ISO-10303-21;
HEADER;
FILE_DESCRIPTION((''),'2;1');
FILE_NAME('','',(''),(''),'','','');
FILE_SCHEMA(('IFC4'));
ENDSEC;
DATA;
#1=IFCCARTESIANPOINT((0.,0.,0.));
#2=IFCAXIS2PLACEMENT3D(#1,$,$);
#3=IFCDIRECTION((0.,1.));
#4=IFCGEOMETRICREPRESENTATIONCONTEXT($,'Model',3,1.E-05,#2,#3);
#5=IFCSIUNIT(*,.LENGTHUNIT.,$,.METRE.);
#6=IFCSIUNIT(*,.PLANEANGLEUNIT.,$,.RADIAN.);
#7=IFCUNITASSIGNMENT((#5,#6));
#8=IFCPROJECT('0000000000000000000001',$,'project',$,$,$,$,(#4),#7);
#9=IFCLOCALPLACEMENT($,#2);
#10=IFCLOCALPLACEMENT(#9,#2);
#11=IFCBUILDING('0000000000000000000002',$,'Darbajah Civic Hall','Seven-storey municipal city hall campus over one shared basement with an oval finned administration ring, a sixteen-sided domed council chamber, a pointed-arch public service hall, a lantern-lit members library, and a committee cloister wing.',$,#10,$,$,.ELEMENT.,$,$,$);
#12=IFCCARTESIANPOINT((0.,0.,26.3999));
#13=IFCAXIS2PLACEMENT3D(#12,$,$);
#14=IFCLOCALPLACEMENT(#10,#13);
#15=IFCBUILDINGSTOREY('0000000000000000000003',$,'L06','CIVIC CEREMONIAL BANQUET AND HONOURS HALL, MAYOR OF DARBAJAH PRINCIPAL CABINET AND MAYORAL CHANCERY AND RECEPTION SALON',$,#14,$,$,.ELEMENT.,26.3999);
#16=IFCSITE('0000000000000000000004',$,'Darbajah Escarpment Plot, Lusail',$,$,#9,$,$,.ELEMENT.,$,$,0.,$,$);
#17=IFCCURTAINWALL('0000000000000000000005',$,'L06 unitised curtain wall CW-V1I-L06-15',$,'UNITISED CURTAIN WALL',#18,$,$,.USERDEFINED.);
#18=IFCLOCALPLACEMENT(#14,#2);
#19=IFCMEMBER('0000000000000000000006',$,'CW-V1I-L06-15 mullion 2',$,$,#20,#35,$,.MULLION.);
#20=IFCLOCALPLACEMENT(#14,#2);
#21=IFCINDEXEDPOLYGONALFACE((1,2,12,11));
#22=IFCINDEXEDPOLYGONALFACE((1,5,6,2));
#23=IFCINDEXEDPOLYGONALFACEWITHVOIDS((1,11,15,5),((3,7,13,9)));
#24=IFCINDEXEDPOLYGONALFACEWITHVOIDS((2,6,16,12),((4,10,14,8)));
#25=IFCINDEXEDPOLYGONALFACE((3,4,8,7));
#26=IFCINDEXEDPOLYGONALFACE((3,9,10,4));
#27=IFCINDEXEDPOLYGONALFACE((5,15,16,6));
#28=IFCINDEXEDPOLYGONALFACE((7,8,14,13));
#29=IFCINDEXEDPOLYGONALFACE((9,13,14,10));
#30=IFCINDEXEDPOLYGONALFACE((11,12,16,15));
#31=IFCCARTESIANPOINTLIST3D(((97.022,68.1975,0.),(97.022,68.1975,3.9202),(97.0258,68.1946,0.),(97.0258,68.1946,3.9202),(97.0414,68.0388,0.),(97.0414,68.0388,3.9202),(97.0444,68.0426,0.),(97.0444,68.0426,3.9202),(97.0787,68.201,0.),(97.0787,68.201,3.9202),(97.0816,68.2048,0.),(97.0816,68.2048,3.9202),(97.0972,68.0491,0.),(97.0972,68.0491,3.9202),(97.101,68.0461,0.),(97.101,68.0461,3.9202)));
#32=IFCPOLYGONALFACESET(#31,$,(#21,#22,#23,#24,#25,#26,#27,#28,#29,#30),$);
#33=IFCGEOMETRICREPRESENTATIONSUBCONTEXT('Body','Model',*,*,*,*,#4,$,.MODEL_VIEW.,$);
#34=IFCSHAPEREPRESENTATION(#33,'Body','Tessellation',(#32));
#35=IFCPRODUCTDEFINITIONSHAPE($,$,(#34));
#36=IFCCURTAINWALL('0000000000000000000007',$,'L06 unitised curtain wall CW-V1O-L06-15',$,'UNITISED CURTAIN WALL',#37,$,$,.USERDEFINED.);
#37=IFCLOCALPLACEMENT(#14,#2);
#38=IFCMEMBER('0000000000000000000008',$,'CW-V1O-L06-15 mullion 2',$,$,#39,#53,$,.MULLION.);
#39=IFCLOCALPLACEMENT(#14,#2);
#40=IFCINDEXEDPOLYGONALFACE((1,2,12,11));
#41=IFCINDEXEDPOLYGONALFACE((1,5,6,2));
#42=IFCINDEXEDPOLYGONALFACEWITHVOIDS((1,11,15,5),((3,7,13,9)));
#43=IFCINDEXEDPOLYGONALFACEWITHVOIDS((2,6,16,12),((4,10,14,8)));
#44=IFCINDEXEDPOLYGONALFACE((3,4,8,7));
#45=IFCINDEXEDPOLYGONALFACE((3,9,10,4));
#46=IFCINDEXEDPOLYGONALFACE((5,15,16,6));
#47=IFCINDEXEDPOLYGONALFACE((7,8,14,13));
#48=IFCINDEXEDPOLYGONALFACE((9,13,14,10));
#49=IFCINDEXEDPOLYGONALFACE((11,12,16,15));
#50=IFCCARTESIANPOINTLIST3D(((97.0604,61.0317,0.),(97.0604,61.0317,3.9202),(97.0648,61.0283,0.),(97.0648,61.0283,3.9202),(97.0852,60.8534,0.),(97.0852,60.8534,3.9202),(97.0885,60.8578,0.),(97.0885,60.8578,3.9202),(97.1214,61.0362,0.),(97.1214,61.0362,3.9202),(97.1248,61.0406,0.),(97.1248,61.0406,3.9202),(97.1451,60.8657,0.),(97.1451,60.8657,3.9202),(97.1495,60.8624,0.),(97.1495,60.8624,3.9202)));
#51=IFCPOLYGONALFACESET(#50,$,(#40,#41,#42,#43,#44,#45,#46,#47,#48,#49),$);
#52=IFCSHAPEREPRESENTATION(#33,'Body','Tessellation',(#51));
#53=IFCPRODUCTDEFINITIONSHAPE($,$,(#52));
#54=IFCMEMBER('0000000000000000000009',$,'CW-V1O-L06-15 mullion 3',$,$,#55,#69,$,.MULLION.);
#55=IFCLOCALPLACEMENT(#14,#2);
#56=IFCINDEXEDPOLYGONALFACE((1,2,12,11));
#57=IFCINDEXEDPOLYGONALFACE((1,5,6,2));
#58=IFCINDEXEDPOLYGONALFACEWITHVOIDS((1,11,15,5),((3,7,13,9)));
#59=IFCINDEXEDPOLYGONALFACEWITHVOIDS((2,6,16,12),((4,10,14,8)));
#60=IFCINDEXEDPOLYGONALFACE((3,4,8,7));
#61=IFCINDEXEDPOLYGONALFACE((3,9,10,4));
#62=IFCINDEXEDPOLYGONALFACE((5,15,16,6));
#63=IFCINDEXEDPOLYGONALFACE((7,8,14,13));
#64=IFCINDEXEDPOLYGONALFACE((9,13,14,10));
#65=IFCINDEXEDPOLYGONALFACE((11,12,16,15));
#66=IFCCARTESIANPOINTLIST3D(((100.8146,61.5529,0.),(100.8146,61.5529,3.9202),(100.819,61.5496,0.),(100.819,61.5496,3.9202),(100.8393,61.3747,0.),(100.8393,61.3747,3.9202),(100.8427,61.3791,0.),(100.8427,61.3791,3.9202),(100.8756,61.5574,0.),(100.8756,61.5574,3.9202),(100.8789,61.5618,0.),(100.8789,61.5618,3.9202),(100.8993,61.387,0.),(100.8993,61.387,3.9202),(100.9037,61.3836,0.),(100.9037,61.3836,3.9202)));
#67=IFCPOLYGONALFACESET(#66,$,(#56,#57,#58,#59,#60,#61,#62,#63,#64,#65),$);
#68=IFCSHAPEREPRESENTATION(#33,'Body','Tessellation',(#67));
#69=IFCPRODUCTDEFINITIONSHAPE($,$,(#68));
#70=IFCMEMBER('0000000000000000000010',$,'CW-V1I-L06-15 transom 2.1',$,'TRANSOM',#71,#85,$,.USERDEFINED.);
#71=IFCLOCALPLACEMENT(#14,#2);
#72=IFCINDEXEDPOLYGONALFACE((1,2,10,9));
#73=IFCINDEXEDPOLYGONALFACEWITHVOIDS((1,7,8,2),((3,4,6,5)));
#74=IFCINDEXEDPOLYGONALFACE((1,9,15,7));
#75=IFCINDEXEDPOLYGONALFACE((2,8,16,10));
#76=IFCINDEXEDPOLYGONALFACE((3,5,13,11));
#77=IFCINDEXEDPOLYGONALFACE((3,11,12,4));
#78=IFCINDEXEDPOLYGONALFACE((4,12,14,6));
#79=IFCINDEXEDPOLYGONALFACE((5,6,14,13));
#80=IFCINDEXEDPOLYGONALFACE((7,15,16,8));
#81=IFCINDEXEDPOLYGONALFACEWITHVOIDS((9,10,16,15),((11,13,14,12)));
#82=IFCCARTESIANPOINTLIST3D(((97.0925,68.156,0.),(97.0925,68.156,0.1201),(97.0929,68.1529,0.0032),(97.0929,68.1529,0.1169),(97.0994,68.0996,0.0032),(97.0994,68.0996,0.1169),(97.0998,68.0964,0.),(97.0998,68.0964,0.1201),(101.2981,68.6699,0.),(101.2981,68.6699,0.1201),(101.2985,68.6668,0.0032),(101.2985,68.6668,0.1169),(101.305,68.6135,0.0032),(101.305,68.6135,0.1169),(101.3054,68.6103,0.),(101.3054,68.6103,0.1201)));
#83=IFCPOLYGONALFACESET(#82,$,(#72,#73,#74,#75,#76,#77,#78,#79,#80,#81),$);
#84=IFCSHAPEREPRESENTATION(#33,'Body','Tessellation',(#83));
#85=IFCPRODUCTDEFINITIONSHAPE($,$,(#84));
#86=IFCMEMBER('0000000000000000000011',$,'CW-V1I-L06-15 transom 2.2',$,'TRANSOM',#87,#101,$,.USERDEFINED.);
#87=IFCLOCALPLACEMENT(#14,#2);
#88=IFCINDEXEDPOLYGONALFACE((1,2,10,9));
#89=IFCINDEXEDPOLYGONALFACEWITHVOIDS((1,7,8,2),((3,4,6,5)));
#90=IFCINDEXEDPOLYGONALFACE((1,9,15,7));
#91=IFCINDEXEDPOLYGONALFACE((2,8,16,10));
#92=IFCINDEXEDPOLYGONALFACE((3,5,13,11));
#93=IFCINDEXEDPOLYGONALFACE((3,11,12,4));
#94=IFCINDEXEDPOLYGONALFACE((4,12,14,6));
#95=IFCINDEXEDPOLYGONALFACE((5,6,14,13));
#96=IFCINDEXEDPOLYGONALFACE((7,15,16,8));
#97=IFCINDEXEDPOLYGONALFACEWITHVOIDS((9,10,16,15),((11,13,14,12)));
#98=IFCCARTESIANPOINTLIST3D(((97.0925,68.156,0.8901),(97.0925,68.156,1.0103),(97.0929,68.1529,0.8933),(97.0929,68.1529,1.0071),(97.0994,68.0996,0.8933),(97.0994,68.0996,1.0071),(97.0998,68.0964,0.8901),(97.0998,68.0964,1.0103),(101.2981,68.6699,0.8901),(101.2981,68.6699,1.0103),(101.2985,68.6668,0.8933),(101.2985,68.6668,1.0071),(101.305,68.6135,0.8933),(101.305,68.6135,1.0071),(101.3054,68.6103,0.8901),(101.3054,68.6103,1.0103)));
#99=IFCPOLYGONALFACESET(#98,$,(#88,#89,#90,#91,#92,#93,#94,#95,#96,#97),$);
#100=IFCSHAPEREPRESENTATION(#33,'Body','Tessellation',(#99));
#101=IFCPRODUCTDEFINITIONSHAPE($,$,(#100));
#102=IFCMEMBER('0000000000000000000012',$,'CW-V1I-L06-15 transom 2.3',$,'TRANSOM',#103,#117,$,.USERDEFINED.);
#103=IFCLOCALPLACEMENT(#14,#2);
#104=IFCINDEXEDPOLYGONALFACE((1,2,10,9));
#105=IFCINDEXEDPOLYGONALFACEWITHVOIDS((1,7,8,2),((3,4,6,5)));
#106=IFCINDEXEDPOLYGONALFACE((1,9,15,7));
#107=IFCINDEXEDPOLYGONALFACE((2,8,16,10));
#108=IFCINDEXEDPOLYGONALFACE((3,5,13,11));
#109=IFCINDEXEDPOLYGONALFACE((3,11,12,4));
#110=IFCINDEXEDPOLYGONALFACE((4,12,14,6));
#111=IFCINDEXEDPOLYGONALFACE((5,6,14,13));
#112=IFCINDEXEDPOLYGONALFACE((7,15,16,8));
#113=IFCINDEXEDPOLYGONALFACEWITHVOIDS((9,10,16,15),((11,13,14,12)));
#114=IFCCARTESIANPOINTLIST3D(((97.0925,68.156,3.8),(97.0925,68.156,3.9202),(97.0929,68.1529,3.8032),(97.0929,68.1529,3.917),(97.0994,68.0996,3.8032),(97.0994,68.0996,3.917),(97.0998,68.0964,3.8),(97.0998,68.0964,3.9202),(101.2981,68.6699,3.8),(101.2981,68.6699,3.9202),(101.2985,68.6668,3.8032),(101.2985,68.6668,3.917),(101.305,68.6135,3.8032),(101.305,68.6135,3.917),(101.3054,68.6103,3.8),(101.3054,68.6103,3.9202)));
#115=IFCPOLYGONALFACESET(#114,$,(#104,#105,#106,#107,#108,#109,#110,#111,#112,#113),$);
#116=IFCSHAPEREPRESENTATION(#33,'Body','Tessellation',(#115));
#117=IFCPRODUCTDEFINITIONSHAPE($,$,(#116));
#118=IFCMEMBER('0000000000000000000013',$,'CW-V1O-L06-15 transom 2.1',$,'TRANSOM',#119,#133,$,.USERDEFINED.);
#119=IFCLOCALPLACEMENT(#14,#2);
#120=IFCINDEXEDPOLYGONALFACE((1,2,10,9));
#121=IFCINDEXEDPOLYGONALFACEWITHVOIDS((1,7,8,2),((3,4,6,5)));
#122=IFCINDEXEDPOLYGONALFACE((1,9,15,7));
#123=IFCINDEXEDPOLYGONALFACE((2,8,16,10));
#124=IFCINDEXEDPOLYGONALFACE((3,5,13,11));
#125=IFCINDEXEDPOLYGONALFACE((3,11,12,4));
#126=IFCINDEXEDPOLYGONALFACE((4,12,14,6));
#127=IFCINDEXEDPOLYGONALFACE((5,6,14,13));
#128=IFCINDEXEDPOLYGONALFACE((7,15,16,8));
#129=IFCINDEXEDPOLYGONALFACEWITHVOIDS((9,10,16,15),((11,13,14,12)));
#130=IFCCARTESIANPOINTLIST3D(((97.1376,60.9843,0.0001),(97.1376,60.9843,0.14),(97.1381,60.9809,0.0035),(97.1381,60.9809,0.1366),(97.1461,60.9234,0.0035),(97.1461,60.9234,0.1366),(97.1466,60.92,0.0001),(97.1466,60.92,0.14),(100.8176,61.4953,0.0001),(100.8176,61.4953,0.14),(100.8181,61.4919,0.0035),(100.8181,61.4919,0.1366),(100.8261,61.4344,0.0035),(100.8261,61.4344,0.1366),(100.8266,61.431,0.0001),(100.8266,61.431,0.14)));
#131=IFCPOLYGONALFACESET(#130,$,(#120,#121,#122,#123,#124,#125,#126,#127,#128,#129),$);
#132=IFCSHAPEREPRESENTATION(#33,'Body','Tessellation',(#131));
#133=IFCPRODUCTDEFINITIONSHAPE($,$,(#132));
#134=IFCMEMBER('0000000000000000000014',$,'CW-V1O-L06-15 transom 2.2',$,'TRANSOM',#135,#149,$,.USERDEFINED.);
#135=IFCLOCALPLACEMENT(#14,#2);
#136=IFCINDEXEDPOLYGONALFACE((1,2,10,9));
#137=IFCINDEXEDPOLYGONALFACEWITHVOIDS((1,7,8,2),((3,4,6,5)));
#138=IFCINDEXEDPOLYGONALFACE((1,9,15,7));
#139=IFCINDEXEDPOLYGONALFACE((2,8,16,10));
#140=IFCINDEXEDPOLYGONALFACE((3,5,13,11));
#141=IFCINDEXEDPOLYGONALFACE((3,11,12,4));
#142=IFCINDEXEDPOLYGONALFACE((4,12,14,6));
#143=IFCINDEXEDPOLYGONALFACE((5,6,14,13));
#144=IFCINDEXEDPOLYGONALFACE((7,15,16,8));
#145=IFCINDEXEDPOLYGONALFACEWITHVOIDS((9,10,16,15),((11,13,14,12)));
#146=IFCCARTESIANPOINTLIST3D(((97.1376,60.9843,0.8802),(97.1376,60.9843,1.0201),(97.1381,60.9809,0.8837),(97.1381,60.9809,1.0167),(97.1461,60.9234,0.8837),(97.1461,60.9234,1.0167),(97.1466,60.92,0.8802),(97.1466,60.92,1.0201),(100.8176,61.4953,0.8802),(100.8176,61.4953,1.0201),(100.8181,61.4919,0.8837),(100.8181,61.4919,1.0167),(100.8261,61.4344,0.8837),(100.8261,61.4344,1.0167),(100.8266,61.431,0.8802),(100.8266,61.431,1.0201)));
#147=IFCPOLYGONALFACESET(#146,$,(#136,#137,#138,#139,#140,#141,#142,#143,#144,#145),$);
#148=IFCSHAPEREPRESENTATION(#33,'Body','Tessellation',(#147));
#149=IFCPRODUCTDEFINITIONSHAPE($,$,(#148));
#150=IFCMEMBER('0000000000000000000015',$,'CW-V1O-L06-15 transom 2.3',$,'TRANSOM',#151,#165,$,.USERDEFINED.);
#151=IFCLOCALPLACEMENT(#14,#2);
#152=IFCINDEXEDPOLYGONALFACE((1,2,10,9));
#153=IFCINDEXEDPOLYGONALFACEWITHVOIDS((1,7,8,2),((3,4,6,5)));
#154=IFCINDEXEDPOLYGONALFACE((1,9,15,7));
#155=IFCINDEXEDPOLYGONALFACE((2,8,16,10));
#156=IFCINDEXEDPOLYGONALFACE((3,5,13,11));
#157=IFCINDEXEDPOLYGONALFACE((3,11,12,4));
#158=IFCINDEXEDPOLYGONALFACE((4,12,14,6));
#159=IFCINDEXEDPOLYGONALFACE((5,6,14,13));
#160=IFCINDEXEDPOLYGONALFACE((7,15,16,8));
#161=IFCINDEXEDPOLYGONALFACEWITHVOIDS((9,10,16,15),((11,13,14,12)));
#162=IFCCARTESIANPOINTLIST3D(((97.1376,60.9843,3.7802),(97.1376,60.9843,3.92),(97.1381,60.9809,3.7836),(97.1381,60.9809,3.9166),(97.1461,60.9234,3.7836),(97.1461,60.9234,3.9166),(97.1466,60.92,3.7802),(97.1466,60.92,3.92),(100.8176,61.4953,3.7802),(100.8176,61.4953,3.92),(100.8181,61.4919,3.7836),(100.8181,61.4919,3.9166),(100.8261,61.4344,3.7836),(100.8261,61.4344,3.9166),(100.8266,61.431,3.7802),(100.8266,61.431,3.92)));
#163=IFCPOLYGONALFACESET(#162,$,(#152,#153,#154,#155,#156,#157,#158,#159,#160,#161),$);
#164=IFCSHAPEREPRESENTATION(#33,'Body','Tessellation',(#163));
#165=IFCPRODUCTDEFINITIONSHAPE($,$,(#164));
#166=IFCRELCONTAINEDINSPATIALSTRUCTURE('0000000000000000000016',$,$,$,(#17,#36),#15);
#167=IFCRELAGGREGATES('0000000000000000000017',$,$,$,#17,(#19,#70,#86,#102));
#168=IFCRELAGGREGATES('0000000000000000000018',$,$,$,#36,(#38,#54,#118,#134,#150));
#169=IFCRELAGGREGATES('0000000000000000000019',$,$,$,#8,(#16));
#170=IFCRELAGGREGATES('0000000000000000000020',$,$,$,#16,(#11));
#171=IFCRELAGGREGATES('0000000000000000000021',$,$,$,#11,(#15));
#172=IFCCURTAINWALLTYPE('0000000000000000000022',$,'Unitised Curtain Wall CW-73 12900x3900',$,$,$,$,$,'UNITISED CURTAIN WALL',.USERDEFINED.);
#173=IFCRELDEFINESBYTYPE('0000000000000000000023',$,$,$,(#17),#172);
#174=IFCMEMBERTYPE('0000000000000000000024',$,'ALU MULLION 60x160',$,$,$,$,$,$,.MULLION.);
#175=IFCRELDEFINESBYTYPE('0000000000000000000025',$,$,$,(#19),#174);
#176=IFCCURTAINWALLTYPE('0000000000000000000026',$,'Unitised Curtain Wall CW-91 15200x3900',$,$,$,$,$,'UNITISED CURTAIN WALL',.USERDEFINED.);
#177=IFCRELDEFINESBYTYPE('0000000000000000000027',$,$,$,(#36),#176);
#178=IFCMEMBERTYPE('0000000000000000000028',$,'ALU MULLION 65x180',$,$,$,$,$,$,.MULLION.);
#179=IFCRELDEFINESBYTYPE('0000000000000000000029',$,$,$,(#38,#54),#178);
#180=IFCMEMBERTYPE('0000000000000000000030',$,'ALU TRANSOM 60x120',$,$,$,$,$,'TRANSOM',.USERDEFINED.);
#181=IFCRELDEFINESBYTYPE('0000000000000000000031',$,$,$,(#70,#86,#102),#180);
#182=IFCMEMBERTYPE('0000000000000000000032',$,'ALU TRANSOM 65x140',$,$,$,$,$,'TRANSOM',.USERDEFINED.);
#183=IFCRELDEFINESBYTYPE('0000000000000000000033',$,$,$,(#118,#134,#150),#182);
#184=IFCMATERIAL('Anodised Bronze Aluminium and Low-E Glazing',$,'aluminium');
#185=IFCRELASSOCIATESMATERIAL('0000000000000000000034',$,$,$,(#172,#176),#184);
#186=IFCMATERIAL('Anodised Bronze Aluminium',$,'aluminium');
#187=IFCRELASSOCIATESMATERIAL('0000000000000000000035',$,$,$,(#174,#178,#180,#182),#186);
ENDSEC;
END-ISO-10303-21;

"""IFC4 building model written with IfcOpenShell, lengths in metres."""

from ifc_helpers import new_model, si_unit, direction, frame, origin, origin_2d, place, context, subcontext, project, spatial, hollow_rectangle, extrude, material, material_profile, profile_set, type_object, element, aggregate, save


model = new_model("IFC4")

# Units and contexts
model_context = context("Model", 3, precision=1e-05, world=origin(), true_north=direction((0.0, 1.0)))
body_context = subcontext(model_context, "Body", "Model", "MODEL_VIEW")
ifc_project = project(units=[si_unit("LENGTHUNIT", "METRE"), si_unit("PLANEANGLEUNIT", "RADIAN")], contexts=[model_context])

# Site, building, storey
site_placement = place(None, origin())
site = spatial("IfcSite", under=ifc_project, at=site_placement, Name="Darbajah Escarpment Plot, Lusail", CompositionType="ELEMENT", RefElevation=0.0)
building_placement = place(site_placement, origin())
building = spatial("IfcBuilding", under=site, at=building_placement, Name="Darbajah Civic Hall", Description="Seven-storey municipal city hall campus over one shared basement with an oval finned administration ring, a sixteen-sided domed council chamber, a pointed-arch public service hall, a lantern-lit members library, and a committee cloister wing.", CompositionType="ELEMENT")
storey_placement = place(building_placement, frame((0.0, 0.0, 26.3999)))
storey = spatial("IfcBuildingStorey", under=building, at=storey_placement, Name="L06", Description="CIVIC CEREMONIAL BANQUET AND HONOURS HALL, MAYOR OF DARBAJAH PRINCIPAL CABINET AND MAYORAL CHANCERY AND RECEPTION SALON", CompositionType="ELEMENT", Elevation=26.3999)

# Curtain wall, member
ifc_material_1 = material(Name="Anodised Bronze Aluminium and Low-E Glazing", Category="aluminium")
curtain_wall_type_1 = type_object("IfcCurtainWallType", Name="Unitised Curtain Wall CW-73 12900x3900", ElementType="UNITISED CURTAIN WALL", PredefinedType="USERDEFINED", material=ifc_material_1)
curtain_wall_1_placement = place(storey_placement, origin())
curtain_wall_1 = element("IfcCurtainWall", 1, at=curtain_wall_1_placement, inside=storey, type_object=curtain_wall_type_1, Name="L06 unitised curtain wall CW-V1I-L06-15", ObjectType="UNITISED CURTAIN WALL", PredefinedType="USERDEFINED")
ifc_material_2 = material(Name="Anodised Bronze Aluminium", Category="aluminium")
ifc_material_profile_1 = material_profile(ifc_material_2, hollow_rectangle(XDim=0.0601, YDim=0.1599, WallThickness=0.0034, at=origin_2d()), Name="ALU MULLION 60x160")
ifc_profile_set_1 = profile_set([ifc_material_profile_1], Name="Anodised Bronze Aluminium")
member_type_1 = type_object("IfcMemberType", Name="ALU MULLION 60x160", PredefinedType="MULLION", material=ifc_profile_set_1)
member_1_placement = place(storey_placement, frame((97.0615, 68.1218, 0.0), z_axis=(0.0, 0.0, 1.0), x_axis=(0.99261, 0.12135, 0.0)))
member_1 = element("IfcMember", 2, at=member_1_placement, type_object=member_type_1, Name="CW-V1I-L06-15 mullion 2", PredefinedType="MULLION", context=body_context, shape_type="SweptSolid", body=[
    extrude(hollow_rectangle(XDim=0.0601, YDim=0.1599, WallThickness=0.0034, at=origin_2d()), origin(), (0.0, 0.0, 1.0), 3.9202),
])

# Curtain wall, members
curtain_wall_type_2 = type_object("IfcCurtainWallType", Name="Unitised Curtain Wall CW-91 15200x3900", ElementType="UNITISED CURTAIN WALL", PredefinedType="USERDEFINED", material=ifc_material_1)
curtain_wall_2_placement = place(storey_placement, origin())
curtain_wall_2 = element("IfcCurtainWall", 3, at=curtain_wall_2_placement, inside=storey, type_object=curtain_wall_type_2, Name="L06 unitised curtain wall CW-V1O-L06-15", ObjectType="UNITISED CURTAIN WALL", PredefinedType="USERDEFINED")
ifc_material_profile_2 = material_profile(ifc_material_2, hollow_rectangle(XDim=0.0649, YDim=0.1799, WallThickness=0.0039, at=origin_2d()), Name="ALU MULLION 65x180")
ifc_profile_set_2 = profile_set([ifc_material_profile_2], Name="Anodised Bronze Aluminium")
member_type_2 = type_object("IfcMemberType", Name="ALU MULLION 65x180", PredefinedType="MULLION", material=ifc_profile_set_2)
member_2_placement = place(storey_placement, frame((97.105, 60.947, 0.0), z_axis=(0.0, 0.0, 1.0), x_axis=(0.990485, 0.137617, 0.0)))
member_2 = element("IfcMember", 4, at=member_2_placement, type_object=member_type_2, Name="CW-V1O-L06-15 mullion 2", PredefinedType="MULLION", context=body_context, shape_type="SweptSolid", body=[
    extrude(hollow_rectangle(XDim=0.0649, YDim=0.1799, WallThickness=0.0039, at=origin_2d()), origin(), (0.0, 0.0, 1.0), 3.9202),
])
member_3_placement = place(storey_placement, frame((100.8591, 61.4683, 0.0), z_axis=(0.0, 0.0, 1.0), x_axis=(0.990485, 0.137617, 0.0)))
member_3 = element("IfcMember", 5, at=member_3_placement, type_object=member_type_2, Name="CW-V1O-L06-15 mullion 3", PredefinedType="MULLION", context=body_context, shape_type="SweptSolid", body=[
    extrude(hollow_rectangle(XDim=0.0649, YDim=0.1799, WallThickness=0.0039, at=origin_2d()), origin(), (0.0, 0.0, 1.0), 3.9202),
])

# Members
ifc_material_profile_3 = material_profile(ifc_material_2, hollow_rectangle(XDim=0.0601, YDim=0.1201, WallThickness=0.0032, at=origin_2d()), Name="ALU TRANSOM 60x120")
ifc_profile_set_3 = profile_set([ifc_material_profile_3], Name="Anodised Bronze Aluminium")
member_type_3 = type_object("IfcMemberType", Name="ALU TRANSOM 60x120", ElementType="TRANSOM", PredefinedType="USERDEFINED", material=ifc_profile_set_3)
member_4_placement = place(storey_placement, frame((97.0962, 68.1262, 0.0601), z_axis=(0.992616, 0.121297, 0.0), x_axis=(-0.121297, 0.992616, 0.0)))
member_4 = element("IfcMember", 6, at=member_4_placement, type_object=member_type_3, Name="CW-V1I-L06-15 transom 2.1", ObjectType="TRANSOM", PredefinedType="USERDEFINED", context=body_context, shape_type="SweptSolid", body=[
    extrude(hollow_rectangle(XDim=0.0601, YDim=0.1201, WallThickness=0.0032, at=origin_2d()), origin(), (0.0, 0.0, 1.0), 4.2368),
])
member_5_placement = place(storey_placement, frame((97.0962, 68.1262, 0.9502), z_axis=(0.992616, 0.121297, 0.0), x_axis=(-0.121297, 0.992616, 0.0)))
member_5 = element("IfcMember", 7, at=member_5_placement, type_object=member_type_3, Name="CW-V1I-L06-15 transom 2.2", ObjectType="TRANSOM", PredefinedType="USERDEFINED", context=body_context, shape_type="SweptSolid", body=[
    extrude(hollow_rectangle(XDim=0.0601, YDim=0.1201, WallThickness=0.0032, at=origin_2d()), origin(), (0.0, 0.0, 1.0), 4.2368),
])
member_6_placement = place(storey_placement, frame((97.0962, 68.1262, 3.8601), z_axis=(0.992616, 0.121297, 0.0), x_axis=(-0.121297, 0.992616, 0.0)))
member_6 = element("IfcMember", 8, at=member_6_placement, type_object=member_type_3, Name="CW-V1I-L06-15 transom 2.3", ObjectType="TRANSOM", PredefinedType="USERDEFINED", context=body_context, shape_type="SweptSolid", body=[
    extrude(hollow_rectangle(XDim=0.0601, YDim=0.1201, WallThickness=0.0032, at=origin_2d()), origin(), (0.0, 0.0, 1.0), 4.2368),
])
ifc_material_profile_4 = material_profile(ifc_material_2, hollow_rectangle(XDim=0.0649, YDim=0.1399, WallThickness=0.0034, at=origin_2d()), Name="ALU TRANSOM 65x140")
ifc_profile_set_4 = profile_set([ifc_material_profile_4], Name="Anodised Bronze Aluminium")
member_type_4 = type_object("IfcMemberType", Name="ALU TRANSOM 65x140", ElementType="TRANSOM", PredefinedType="USERDEFINED", material=ifc_profile_set_4)
member_7_placement = place(storey_placement, frame((97.1421, 60.9521, 0.0701), z_axis=(0.990497, 0.137538, 0.0), x_axis=(-0.137538, 0.990497, 0.0)))
member_7 = element("IfcMember", 9, at=member_7_placement, type_object=member_type_4, Name="CW-V1O-L06-15 transom 2.1", ObjectType="TRANSOM", PredefinedType="USERDEFINED", context=body_context, shape_type="SweptSolid", body=[
    extrude(hollow_rectangle(XDim=0.0649, YDim=0.1399, WallThickness=0.0034, at=origin_2d()), origin(), (0.0, 0.0, 1.0), 3.7153),
])
member_8_placement = place(storey_placement, frame((97.1421, 60.9521, 0.9502), z_axis=(0.990497, 0.137538, 0.0), x_axis=(-0.137538, 0.990497, 0.0)))
member_8 = element("IfcMember", 10, at=member_8_placement, type_object=member_type_4, Name="CW-V1O-L06-15 transom 2.2", ObjectType="TRANSOM", PredefinedType="USERDEFINED", context=body_context, shape_type="SweptSolid", body=[
    extrude(hollow_rectangle(XDim=0.0649, YDim=0.1399, WallThickness=0.0034, at=origin_2d()), origin(), (0.0, 0.0, 1.0), 3.7153),
])
member_9_placement = place(storey_placement, frame((97.1421, 60.9521, 3.8501), z_axis=(0.990497, 0.137538, 0.0), x_axis=(-0.137538, 0.990497, 0.0)))
member_9 = element("IfcMember", 11, at=member_9_placement, type_object=member_type_4, Name="CW-V1O-L06-15 transom 2.3", ObjectType="TRANSOM", PredefinedType="USERDEFINED", context=body_context, shape_type="SweptSolid", body=[
    extrude(hollow_rectangle(XDim=0.0649, YDim=0.1399, WallThickness=0.0034, at=origin_2d()), origin(), (0.0, 0.0, 1.0), 3.7153),
])

aggregate(curtain_wall_1, [member_1, member_4, member_5, member_6])
aggregate(curtain_wall_2, [member_2, member_3, member_7, member_8, member_9])

save(model, "model.ifc")
